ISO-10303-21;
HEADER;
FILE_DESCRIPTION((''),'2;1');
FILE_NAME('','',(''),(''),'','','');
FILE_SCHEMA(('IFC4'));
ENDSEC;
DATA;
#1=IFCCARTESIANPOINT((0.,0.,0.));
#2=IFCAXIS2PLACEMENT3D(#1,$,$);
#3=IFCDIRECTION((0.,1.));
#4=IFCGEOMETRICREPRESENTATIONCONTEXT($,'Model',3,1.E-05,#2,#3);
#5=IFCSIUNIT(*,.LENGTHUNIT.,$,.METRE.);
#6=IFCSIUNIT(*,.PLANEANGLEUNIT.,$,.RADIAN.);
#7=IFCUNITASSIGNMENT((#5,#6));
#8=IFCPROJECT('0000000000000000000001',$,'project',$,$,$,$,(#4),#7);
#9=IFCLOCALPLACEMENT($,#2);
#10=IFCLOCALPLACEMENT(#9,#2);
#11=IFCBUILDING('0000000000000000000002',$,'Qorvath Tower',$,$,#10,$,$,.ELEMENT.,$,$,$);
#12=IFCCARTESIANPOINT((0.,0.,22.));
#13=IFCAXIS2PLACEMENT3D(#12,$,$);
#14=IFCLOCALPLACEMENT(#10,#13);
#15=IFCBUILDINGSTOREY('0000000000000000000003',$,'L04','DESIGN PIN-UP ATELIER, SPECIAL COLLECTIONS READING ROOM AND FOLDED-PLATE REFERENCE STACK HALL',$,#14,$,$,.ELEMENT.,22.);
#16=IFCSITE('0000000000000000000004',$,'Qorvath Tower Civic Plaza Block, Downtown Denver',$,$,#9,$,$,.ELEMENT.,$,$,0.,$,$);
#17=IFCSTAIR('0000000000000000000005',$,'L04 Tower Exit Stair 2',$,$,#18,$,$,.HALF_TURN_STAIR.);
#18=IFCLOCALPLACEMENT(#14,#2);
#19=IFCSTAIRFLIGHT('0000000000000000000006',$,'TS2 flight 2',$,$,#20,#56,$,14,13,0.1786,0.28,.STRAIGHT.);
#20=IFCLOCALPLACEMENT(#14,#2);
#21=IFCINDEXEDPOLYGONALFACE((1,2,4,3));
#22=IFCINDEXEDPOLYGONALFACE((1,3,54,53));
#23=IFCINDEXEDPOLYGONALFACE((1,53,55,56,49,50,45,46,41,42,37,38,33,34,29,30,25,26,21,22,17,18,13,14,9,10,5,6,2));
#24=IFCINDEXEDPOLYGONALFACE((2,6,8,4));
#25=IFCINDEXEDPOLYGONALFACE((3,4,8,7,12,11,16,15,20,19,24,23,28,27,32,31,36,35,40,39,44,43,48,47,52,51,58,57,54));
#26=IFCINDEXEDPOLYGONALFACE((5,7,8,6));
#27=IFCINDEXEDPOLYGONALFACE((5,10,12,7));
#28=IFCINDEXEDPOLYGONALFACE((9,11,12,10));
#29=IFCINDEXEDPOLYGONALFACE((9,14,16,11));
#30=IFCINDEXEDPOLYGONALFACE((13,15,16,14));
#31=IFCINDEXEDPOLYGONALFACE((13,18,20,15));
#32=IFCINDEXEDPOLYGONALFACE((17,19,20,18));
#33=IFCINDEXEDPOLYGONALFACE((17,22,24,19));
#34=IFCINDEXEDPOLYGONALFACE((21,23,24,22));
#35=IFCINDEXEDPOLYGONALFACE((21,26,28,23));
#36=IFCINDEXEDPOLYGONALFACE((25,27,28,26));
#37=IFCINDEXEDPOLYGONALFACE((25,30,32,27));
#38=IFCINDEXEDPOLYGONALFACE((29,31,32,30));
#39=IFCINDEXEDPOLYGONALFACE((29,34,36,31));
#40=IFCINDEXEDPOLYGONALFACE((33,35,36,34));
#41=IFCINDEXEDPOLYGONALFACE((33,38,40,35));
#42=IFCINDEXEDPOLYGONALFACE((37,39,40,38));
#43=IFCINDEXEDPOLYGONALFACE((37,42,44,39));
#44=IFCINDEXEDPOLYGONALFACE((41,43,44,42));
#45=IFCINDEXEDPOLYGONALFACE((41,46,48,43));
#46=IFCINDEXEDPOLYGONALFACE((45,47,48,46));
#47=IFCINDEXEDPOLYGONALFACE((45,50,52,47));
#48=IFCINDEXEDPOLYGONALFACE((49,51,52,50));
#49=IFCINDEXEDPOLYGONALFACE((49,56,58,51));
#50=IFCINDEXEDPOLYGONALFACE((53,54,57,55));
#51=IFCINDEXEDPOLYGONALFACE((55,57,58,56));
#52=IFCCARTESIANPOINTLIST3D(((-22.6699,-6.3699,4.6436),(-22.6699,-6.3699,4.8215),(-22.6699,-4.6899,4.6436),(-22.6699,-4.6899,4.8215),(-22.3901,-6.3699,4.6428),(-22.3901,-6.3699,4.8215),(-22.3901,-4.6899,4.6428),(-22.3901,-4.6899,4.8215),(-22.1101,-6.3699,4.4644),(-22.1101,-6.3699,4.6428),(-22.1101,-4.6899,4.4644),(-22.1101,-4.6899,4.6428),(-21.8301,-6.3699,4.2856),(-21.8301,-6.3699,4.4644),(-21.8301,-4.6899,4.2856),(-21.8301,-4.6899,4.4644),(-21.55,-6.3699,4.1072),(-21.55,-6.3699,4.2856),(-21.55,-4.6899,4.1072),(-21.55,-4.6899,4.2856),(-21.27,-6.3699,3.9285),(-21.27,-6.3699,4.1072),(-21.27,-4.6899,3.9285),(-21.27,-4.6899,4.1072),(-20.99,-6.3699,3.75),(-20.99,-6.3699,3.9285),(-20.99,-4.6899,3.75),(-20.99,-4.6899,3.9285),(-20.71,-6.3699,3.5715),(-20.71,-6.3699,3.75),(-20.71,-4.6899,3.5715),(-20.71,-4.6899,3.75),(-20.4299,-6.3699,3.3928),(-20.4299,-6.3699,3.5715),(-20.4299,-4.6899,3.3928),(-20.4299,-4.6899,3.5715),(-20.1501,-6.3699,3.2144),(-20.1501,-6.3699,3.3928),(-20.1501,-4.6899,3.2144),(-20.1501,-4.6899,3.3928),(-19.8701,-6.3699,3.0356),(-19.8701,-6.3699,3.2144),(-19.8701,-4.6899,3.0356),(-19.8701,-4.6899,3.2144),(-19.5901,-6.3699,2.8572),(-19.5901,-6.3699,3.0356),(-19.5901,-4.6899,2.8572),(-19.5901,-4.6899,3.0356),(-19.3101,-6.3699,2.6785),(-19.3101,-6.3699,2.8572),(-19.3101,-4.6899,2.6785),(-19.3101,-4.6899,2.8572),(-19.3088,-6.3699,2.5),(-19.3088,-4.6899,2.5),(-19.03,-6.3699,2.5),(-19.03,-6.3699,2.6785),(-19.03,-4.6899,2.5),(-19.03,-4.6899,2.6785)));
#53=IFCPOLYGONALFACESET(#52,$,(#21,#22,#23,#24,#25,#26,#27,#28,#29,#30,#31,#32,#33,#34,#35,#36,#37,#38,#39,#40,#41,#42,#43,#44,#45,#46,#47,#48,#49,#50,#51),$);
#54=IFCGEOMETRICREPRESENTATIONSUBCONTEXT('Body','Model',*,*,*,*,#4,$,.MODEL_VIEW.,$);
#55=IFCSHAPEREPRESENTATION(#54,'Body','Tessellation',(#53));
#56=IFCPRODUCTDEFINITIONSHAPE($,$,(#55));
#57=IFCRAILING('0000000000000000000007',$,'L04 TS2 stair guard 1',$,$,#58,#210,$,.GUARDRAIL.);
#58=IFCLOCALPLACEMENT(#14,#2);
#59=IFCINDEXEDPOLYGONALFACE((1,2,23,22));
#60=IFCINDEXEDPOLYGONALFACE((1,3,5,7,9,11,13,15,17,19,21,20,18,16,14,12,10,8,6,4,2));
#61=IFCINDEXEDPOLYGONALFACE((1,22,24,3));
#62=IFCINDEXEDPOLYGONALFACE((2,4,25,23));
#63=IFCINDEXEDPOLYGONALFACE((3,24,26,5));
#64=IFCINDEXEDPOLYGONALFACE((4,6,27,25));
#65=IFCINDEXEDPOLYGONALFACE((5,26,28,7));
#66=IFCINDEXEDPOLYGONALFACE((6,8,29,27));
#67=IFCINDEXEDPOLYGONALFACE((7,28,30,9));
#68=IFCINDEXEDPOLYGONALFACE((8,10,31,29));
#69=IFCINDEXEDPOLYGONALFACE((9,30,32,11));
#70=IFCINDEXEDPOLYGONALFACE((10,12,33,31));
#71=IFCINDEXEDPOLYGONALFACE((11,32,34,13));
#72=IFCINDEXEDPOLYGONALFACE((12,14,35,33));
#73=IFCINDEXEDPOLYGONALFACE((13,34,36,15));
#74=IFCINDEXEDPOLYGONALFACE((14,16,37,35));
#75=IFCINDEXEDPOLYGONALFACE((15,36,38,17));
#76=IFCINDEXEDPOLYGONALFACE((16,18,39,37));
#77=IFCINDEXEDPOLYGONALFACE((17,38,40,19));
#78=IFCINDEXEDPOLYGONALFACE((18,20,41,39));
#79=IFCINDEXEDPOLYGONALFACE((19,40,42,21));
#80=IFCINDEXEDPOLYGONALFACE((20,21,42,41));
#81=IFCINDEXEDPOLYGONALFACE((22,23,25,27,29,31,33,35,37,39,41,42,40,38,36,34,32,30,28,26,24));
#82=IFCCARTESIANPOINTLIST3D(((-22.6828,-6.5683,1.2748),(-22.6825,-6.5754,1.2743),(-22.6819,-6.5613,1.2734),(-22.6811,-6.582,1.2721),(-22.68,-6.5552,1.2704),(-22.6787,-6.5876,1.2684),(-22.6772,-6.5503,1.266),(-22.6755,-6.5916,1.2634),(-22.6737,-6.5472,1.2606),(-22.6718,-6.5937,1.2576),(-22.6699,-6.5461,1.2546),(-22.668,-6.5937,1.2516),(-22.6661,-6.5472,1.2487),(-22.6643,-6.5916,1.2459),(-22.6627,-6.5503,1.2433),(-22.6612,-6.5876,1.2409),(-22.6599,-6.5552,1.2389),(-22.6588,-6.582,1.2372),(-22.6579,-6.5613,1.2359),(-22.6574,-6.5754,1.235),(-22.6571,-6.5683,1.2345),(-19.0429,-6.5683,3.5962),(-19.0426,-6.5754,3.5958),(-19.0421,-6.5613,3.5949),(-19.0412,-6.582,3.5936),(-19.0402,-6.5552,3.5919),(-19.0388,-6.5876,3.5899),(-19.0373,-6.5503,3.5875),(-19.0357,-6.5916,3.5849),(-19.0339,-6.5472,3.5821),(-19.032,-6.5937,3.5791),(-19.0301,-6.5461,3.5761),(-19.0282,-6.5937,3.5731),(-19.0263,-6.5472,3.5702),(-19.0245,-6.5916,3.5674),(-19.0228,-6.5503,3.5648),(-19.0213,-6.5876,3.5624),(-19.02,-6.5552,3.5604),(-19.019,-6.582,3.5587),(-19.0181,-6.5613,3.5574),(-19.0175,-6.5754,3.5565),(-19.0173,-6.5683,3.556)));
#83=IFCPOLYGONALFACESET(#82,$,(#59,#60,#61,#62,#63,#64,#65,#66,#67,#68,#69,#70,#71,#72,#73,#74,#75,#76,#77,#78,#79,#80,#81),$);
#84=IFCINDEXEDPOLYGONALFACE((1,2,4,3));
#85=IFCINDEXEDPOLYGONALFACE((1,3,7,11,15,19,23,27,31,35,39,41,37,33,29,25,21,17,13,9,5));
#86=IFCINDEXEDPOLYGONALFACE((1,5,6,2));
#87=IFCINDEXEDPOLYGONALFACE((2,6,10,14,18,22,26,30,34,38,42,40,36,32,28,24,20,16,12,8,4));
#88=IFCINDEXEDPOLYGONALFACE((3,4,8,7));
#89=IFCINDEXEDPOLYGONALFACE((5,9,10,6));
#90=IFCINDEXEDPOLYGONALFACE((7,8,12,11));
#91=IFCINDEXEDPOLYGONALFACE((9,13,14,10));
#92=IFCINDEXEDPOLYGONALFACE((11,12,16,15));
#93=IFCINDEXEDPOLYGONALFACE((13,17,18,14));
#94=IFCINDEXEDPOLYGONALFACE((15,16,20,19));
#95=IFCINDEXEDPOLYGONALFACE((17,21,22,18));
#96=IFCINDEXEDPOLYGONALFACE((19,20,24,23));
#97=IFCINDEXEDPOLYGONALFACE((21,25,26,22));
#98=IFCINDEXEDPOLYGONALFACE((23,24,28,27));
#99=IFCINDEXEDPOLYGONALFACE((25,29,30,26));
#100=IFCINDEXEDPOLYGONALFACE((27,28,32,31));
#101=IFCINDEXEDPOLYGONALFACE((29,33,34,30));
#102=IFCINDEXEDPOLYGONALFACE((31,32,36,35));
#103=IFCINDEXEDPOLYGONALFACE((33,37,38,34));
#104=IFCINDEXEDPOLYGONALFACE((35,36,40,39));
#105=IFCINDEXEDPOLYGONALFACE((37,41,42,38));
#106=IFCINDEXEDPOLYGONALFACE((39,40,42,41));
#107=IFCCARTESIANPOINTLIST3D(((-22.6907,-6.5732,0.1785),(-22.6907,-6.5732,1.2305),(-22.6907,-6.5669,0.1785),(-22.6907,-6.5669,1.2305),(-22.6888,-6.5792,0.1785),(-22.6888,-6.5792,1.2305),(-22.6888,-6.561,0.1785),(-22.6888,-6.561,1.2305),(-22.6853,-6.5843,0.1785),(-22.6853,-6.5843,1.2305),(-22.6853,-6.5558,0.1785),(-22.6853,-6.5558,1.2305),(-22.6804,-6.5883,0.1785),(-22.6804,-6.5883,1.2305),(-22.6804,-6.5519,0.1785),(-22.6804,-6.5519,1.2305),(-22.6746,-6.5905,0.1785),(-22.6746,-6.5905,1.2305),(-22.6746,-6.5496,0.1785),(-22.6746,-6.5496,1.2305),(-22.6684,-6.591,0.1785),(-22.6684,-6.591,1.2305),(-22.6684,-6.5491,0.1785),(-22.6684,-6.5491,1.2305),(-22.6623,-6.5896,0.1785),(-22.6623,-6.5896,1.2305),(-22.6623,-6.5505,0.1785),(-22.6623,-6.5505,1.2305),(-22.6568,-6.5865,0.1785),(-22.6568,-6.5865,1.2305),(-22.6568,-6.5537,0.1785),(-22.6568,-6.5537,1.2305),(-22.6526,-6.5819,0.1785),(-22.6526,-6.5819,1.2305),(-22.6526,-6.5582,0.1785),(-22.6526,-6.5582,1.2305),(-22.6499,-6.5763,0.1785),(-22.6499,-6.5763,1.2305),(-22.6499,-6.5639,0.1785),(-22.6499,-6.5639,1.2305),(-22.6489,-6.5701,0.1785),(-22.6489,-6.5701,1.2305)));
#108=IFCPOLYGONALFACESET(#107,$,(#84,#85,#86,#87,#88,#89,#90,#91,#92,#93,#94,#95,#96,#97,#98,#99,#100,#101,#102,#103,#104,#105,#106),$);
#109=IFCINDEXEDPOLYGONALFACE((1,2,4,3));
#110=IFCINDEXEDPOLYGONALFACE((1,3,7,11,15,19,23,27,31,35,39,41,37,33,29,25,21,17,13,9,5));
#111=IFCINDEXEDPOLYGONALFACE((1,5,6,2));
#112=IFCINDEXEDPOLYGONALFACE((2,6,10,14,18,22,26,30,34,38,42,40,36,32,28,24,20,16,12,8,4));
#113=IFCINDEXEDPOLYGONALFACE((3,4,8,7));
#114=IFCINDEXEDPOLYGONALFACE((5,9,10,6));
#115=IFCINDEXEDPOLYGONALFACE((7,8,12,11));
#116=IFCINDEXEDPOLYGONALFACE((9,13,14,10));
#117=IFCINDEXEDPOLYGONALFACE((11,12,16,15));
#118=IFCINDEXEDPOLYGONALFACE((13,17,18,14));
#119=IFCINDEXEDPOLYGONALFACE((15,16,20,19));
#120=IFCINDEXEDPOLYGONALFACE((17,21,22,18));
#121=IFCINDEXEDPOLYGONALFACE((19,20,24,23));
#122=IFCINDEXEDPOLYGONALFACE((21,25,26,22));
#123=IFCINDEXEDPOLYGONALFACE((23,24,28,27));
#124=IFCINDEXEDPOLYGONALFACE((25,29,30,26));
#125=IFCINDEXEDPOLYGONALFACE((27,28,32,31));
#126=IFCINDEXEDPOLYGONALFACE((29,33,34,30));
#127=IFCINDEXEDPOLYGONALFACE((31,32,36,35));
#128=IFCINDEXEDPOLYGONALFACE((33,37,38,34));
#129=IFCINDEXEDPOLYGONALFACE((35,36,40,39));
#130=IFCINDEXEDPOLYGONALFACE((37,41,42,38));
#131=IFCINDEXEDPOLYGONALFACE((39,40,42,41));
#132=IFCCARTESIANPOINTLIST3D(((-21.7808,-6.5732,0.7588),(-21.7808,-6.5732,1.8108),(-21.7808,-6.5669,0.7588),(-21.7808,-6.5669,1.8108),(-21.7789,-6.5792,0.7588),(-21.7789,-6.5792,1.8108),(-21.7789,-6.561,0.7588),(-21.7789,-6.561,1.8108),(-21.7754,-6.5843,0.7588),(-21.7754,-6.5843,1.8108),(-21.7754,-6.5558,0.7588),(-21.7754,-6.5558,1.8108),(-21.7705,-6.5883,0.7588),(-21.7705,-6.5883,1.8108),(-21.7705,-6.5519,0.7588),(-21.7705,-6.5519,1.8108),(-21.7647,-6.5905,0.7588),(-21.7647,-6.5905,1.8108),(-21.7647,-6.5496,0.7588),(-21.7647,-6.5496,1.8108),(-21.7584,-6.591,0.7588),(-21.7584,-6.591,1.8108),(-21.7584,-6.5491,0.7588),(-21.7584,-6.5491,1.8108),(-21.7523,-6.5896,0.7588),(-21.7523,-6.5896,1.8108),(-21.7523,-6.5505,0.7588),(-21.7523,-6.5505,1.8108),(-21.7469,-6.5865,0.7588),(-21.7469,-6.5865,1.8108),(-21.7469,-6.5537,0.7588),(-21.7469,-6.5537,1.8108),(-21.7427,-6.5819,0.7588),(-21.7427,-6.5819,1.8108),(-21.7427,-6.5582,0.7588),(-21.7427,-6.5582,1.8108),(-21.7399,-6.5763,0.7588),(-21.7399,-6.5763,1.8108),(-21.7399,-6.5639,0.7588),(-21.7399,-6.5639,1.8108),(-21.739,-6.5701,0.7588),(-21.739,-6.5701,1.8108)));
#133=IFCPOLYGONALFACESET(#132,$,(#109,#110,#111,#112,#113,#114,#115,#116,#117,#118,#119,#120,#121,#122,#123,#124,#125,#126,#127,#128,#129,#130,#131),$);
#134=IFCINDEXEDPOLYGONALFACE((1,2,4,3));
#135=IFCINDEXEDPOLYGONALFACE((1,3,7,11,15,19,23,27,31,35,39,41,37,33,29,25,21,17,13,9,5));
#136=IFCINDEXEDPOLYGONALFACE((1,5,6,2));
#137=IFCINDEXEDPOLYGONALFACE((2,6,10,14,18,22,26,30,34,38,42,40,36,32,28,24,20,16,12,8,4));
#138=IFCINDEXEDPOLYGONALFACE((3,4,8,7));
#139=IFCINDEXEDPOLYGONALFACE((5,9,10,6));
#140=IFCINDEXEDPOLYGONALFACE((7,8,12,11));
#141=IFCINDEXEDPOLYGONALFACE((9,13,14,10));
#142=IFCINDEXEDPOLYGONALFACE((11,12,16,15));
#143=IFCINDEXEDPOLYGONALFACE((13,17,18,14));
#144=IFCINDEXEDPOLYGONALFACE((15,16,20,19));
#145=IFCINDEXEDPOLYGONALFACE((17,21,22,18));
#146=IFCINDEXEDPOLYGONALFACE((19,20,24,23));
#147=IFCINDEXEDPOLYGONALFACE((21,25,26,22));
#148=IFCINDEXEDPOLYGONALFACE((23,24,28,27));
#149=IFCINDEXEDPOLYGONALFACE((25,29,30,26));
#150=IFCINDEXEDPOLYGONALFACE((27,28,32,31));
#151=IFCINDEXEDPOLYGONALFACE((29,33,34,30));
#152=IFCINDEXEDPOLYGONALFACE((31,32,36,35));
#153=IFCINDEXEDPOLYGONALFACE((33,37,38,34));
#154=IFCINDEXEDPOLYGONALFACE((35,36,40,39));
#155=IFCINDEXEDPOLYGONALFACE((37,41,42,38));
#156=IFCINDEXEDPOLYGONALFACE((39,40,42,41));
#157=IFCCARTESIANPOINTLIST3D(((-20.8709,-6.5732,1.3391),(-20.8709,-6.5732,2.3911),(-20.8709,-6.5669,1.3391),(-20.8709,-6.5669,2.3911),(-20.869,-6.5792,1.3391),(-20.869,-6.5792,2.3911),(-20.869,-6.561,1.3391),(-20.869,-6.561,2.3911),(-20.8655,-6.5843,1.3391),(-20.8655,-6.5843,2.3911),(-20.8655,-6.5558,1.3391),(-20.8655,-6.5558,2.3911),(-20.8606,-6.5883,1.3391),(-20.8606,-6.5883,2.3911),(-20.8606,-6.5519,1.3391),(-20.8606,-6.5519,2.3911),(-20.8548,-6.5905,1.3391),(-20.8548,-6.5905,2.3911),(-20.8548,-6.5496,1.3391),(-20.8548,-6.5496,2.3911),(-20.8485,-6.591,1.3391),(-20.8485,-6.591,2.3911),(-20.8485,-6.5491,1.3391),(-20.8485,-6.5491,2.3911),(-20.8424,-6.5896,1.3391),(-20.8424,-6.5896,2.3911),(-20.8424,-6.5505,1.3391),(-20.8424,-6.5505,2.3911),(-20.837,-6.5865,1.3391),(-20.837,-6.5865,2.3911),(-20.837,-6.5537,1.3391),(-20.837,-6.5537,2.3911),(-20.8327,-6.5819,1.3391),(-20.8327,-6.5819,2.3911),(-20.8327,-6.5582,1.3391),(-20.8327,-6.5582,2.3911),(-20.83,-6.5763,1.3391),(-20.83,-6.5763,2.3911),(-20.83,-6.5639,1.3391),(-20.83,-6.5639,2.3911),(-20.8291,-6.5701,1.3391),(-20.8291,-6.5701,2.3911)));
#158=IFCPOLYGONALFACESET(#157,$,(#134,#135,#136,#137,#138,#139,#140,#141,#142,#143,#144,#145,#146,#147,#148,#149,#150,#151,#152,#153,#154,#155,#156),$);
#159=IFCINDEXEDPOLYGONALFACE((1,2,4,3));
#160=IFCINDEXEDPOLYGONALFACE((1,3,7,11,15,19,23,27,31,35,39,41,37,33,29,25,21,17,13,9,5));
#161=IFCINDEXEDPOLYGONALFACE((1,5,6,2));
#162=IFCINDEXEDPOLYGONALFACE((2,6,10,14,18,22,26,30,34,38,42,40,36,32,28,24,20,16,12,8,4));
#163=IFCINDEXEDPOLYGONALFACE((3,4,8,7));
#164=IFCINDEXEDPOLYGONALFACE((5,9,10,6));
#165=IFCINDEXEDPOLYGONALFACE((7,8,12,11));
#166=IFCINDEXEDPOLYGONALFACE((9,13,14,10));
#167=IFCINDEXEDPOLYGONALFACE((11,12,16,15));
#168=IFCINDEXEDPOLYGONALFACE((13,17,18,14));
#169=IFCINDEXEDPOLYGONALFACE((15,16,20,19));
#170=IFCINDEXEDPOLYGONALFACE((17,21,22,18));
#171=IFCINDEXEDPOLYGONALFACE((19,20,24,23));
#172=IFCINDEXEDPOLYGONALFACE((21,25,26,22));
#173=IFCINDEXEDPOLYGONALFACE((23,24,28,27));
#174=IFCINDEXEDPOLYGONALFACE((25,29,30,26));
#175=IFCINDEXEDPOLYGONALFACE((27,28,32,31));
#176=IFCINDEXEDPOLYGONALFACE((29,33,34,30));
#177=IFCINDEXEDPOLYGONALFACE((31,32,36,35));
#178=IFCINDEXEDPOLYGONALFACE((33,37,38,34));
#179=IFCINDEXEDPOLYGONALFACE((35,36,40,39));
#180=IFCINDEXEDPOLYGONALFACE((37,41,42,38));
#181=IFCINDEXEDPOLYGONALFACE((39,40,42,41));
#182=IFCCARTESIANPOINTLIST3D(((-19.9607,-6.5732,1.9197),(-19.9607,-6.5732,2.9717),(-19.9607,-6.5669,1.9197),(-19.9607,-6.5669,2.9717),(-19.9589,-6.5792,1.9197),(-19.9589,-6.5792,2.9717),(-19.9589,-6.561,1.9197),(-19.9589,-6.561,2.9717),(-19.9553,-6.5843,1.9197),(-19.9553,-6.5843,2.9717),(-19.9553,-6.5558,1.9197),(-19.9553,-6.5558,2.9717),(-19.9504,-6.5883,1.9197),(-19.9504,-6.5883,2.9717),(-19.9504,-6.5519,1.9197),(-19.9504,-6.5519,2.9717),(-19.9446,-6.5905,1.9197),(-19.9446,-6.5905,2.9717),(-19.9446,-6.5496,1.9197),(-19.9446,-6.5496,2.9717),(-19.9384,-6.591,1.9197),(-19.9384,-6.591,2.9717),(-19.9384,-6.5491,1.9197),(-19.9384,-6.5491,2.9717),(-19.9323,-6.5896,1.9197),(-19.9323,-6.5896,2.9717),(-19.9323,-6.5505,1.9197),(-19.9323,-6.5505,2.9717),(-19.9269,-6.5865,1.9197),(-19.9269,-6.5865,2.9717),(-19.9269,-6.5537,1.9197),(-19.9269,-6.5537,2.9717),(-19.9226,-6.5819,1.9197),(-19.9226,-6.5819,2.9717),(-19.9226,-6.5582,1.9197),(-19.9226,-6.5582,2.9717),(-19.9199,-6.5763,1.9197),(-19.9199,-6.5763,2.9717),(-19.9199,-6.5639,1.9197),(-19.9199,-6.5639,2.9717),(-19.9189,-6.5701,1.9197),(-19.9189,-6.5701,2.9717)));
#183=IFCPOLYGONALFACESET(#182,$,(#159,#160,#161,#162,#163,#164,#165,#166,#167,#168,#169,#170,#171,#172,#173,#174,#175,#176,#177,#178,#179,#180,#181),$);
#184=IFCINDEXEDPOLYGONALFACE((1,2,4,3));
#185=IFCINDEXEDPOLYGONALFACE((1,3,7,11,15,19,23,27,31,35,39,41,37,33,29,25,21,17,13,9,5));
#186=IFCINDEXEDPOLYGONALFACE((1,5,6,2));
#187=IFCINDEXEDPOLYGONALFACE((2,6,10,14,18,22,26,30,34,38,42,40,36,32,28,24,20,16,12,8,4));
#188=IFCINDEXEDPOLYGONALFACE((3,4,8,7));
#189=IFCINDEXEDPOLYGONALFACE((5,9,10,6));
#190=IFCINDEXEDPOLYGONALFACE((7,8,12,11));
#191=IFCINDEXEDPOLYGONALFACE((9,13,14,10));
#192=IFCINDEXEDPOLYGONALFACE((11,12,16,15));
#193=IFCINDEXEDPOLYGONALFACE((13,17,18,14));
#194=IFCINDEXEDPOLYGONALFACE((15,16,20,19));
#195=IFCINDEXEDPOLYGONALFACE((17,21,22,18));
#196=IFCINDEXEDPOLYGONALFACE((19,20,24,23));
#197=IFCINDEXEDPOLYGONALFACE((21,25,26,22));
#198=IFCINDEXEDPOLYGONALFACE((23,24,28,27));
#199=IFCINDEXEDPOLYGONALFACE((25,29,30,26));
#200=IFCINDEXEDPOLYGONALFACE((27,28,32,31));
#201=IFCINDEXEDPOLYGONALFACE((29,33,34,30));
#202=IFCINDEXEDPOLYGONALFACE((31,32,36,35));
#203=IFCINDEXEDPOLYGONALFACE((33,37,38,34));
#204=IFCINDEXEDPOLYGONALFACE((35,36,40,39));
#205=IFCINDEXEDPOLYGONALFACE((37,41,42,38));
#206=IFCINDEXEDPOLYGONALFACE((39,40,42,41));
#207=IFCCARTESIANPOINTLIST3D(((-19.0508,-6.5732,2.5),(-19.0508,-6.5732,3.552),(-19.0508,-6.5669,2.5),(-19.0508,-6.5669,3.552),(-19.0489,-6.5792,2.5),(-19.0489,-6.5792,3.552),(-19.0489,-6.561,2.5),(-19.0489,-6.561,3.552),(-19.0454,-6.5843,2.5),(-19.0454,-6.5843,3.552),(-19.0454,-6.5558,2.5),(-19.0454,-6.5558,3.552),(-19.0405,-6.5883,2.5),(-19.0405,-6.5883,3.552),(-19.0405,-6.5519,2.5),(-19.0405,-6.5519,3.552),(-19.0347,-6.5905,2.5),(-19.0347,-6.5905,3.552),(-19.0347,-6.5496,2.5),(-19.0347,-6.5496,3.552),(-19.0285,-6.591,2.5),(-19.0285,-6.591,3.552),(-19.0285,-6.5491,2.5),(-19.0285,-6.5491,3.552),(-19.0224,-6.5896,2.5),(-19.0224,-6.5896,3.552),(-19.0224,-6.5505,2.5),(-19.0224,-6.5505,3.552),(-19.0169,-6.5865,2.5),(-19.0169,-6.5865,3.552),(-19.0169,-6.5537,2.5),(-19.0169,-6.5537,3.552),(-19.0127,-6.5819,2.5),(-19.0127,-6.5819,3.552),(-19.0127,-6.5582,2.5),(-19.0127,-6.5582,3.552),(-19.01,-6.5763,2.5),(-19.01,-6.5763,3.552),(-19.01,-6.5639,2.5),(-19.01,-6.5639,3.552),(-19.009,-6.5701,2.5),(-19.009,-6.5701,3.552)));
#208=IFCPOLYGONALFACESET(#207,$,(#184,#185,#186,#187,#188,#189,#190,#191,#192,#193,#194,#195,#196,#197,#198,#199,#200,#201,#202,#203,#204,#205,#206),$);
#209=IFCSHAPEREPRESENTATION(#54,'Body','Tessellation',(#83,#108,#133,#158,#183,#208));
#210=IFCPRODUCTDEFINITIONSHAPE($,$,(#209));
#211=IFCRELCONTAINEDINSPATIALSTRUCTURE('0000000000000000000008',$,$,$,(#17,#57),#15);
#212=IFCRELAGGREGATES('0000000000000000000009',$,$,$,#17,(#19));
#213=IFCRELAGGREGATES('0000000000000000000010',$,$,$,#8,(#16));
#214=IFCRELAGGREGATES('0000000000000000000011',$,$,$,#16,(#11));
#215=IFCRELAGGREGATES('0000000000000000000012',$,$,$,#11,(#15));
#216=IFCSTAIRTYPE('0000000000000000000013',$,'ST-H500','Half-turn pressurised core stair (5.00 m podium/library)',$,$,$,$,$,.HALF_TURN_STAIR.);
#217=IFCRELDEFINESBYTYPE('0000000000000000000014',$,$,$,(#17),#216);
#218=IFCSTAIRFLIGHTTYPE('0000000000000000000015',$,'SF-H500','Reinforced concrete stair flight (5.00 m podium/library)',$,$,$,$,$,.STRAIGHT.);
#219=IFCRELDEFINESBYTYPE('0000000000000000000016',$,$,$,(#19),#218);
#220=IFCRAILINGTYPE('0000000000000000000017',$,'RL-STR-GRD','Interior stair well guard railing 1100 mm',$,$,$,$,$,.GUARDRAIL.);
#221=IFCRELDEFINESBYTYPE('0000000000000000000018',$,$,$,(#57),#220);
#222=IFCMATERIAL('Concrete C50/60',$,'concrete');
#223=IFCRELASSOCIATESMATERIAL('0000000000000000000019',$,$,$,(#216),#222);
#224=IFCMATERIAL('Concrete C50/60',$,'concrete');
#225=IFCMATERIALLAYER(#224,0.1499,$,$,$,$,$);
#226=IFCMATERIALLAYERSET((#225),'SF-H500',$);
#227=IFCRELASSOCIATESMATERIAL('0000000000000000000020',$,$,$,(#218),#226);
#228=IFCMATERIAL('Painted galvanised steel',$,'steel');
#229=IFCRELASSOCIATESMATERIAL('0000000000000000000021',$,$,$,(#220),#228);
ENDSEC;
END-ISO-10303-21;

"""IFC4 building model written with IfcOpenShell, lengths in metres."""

from ifc_helpers import new_model, si_unit, direction, frame, origin, origin_2d, place, context, subcontext, project, spatial, polyline, circle, outline, extrude, material, layer, layer_set, type_object, element, aggregate, save


model = new_model("IFC4")

# Units and contexts
model_context = context("Model", 3, precision=1e-05, world=origin(), true_north=direction((0.0, 1.0)))
body_context = subcontext(model_context, "Body", "Model", "MODEL_VIEW")
ifc_project = project(units=[si_unit("LENGTHUNIT", "METRE"), si_unit("PLANEANGLEUNIT", "RADIAN")], contexts=[model_context])

# Site, building, storey
site_placement = place(None, origin())
site = spatial("IfcSite", under=ifc_project, at=site_placement, Name="Qorvath Tower Civic Plaza Block, Downtown Denver", CompositionType="ELEMENT", RefElevation=0.0)
building_placement = place(site_placement, origin())
building = spatial("IfcBuilding", under=site, at=building_placement, Name="Qorvath Tower", CompositionType="ELEMENT")
storey_placement = place(building_placement, frame((0.0, 0.0, 22.0)))
storey = spatial("IfcBuildingStorey", under=building, at=storey_placement, Name="L04", Description="DESIGN PIN-UP ATELIER, SPECIAL COLLECTIONS READING ROOM AND FOLDED-PLATE REFERENCE STACK HALL", CompositionType="ELEMENT", Elevation=22.0)

# Stair, stair flight
ifc_material_1 = material(Name="Concrete C50/60", Category="concrete")
stair_type = type_object("IfcStairType", Name="ST-H500", Description="Half-turn pressurised core stair (5.00 m podium/library)", PredefinedType="HALF_TURN_STAIR", material=ifc_material_1)
stair_placement = place(storey_placement, origin())
stair = element("IfcStair", 1, at=stair_placement, inside=storey, type_object=stair_type, Name="L04 Tower Exit Stair 2", PredefinedType="HALF_TURN_STAIR")
ifc_material_2 = material(Name="Concrete C50/60", Category="concrete")
ifc_layer_1 = layer(ifc_material_2, 0.1499)
ifc_layer_set_1 = layer_set([ifc_layer_1], Name="SF-H500")
stair_flight_type = type_object("IfcStairFlightType", Name="SF-H500", Description="Reinforced concrete stair flight (5.00 m podium/library)", PredefinedType="STRAIGHT", material=ifc_layer_set_1)
stair_flight_1_placement = place(storey_placement, frame((-19.03, -5.53, 2.5), z_axis=(0.0, 0.0, 1.0), x_axis=(-1.0, 0.0, 0.0)))
stair_flight_1 = element("IfcStairFlight", 2, at=stair_flight_1_placement, type_object=stair_flight_type, Name="TS2 flight 2", NumberOfRisers=14, NumberOfTreads=13, PredefinedType="STRAIGHT", RiserHeight=0.1786, TreadLength=0.28, context=body_context, shape_type="SweptSolid", body=[
    extrude(outline(polyline([(0.0, 0.0), (0.0, 0.1785), (0.28, 0.1785), (0.28, 0.3572), (0.5601, 0.3572), (0.5601, 0.5356), (0.8401, 0.5356), (0.8401, 0.7144), (1.1201, 0.7144), (1.1201, 0.8928), (1.3999, 0.8928), (1.3999, 1.0715), (1.6799, 1.0715), (1.6799, 1.25), (1.96, 1.25), (1.96, 1.4285), (2.24, 1.4285), (2.24, 1.6072), (2.52, 1.6072), (2.52, 1.7856), (2.8, 1.7856), (2.8, 1.9644), (3.0801, 1.9644), (3.0801, 2.1428), (3.3601, 2.1428), (3.3601, 2.3215), (3.6399, 2.3215), (3.6399, 2.5), (3.6399, 2.1436), (0.2788, 0.0), (0.0, 0.0)])), frame((0.0, 0.8398, 0.0), z_axis=(0.0, -1.0, 0.0), x_axis=(1.0, 0.0, 0.0)), (0.0, 0.0, 1.0), 1.6799),
])
aggregate(stair, [stair_flight_1])

# Railing
ifc_material_3 = material(Name="Painted galvanised steel", Category="steel")
railing_type_1 = type_object("IfcRailingType", Name="RL-STR-GRD", Description="Interior stair well guard railing 1100 mm", PredefinedType="GUARDRAIL", material=ifc_material_3)
railing_1_placement = place(storey_placement, frame((-22.6699, -6.5701, 0.1785)))
element("IfcRailing", 3, at=railing_1_placement, inside=storey, type_object=railing_type_1, Name="L04 TS2 stair guard 1", PredefinedType="GUARDRAIL", context=body_context, shape_type="SweptSolid", body=[
    extrude(circle(Radius=0.0239, at=origin_2d()), frame((0.0, 0.0, 1.0762), z_axis=(0.843112, 0.0, 0.537739), x_axis=(0.0, 1.0, 0.0)), (0.0, 0.0, 1.0), 4.3171),
    extrude(circle(Radius=0.021, at=origin_2d()), origin(), (0.0, 0.0, 1.0), 1.052),
    extrude(circle(Radius=0.021, at=origin_2d()), frame((0.9099, 0.0, 0.5803)), (0.0, 0.0, 1.0), 1.052),
    extrude(circle(Radius=0.021, at=origin_2d()), frame((1.8198, 0.0, 1.1606)), (0.0, 0.0, 1.0), 1.052),
    extrude(circle(Radius=0.021, at=origin_2d()), frame((2.73, 0.0, 1.7412)), (0.0, 0.0, 1.0), 1.052),
    extrude(circle(Radius=0.021, at=origin_2d()), frame((3.6399, 0.0, 2.3215)), (0.0, 0.0, 1.0), 1.052),
])

save(model, "model.ifc")
